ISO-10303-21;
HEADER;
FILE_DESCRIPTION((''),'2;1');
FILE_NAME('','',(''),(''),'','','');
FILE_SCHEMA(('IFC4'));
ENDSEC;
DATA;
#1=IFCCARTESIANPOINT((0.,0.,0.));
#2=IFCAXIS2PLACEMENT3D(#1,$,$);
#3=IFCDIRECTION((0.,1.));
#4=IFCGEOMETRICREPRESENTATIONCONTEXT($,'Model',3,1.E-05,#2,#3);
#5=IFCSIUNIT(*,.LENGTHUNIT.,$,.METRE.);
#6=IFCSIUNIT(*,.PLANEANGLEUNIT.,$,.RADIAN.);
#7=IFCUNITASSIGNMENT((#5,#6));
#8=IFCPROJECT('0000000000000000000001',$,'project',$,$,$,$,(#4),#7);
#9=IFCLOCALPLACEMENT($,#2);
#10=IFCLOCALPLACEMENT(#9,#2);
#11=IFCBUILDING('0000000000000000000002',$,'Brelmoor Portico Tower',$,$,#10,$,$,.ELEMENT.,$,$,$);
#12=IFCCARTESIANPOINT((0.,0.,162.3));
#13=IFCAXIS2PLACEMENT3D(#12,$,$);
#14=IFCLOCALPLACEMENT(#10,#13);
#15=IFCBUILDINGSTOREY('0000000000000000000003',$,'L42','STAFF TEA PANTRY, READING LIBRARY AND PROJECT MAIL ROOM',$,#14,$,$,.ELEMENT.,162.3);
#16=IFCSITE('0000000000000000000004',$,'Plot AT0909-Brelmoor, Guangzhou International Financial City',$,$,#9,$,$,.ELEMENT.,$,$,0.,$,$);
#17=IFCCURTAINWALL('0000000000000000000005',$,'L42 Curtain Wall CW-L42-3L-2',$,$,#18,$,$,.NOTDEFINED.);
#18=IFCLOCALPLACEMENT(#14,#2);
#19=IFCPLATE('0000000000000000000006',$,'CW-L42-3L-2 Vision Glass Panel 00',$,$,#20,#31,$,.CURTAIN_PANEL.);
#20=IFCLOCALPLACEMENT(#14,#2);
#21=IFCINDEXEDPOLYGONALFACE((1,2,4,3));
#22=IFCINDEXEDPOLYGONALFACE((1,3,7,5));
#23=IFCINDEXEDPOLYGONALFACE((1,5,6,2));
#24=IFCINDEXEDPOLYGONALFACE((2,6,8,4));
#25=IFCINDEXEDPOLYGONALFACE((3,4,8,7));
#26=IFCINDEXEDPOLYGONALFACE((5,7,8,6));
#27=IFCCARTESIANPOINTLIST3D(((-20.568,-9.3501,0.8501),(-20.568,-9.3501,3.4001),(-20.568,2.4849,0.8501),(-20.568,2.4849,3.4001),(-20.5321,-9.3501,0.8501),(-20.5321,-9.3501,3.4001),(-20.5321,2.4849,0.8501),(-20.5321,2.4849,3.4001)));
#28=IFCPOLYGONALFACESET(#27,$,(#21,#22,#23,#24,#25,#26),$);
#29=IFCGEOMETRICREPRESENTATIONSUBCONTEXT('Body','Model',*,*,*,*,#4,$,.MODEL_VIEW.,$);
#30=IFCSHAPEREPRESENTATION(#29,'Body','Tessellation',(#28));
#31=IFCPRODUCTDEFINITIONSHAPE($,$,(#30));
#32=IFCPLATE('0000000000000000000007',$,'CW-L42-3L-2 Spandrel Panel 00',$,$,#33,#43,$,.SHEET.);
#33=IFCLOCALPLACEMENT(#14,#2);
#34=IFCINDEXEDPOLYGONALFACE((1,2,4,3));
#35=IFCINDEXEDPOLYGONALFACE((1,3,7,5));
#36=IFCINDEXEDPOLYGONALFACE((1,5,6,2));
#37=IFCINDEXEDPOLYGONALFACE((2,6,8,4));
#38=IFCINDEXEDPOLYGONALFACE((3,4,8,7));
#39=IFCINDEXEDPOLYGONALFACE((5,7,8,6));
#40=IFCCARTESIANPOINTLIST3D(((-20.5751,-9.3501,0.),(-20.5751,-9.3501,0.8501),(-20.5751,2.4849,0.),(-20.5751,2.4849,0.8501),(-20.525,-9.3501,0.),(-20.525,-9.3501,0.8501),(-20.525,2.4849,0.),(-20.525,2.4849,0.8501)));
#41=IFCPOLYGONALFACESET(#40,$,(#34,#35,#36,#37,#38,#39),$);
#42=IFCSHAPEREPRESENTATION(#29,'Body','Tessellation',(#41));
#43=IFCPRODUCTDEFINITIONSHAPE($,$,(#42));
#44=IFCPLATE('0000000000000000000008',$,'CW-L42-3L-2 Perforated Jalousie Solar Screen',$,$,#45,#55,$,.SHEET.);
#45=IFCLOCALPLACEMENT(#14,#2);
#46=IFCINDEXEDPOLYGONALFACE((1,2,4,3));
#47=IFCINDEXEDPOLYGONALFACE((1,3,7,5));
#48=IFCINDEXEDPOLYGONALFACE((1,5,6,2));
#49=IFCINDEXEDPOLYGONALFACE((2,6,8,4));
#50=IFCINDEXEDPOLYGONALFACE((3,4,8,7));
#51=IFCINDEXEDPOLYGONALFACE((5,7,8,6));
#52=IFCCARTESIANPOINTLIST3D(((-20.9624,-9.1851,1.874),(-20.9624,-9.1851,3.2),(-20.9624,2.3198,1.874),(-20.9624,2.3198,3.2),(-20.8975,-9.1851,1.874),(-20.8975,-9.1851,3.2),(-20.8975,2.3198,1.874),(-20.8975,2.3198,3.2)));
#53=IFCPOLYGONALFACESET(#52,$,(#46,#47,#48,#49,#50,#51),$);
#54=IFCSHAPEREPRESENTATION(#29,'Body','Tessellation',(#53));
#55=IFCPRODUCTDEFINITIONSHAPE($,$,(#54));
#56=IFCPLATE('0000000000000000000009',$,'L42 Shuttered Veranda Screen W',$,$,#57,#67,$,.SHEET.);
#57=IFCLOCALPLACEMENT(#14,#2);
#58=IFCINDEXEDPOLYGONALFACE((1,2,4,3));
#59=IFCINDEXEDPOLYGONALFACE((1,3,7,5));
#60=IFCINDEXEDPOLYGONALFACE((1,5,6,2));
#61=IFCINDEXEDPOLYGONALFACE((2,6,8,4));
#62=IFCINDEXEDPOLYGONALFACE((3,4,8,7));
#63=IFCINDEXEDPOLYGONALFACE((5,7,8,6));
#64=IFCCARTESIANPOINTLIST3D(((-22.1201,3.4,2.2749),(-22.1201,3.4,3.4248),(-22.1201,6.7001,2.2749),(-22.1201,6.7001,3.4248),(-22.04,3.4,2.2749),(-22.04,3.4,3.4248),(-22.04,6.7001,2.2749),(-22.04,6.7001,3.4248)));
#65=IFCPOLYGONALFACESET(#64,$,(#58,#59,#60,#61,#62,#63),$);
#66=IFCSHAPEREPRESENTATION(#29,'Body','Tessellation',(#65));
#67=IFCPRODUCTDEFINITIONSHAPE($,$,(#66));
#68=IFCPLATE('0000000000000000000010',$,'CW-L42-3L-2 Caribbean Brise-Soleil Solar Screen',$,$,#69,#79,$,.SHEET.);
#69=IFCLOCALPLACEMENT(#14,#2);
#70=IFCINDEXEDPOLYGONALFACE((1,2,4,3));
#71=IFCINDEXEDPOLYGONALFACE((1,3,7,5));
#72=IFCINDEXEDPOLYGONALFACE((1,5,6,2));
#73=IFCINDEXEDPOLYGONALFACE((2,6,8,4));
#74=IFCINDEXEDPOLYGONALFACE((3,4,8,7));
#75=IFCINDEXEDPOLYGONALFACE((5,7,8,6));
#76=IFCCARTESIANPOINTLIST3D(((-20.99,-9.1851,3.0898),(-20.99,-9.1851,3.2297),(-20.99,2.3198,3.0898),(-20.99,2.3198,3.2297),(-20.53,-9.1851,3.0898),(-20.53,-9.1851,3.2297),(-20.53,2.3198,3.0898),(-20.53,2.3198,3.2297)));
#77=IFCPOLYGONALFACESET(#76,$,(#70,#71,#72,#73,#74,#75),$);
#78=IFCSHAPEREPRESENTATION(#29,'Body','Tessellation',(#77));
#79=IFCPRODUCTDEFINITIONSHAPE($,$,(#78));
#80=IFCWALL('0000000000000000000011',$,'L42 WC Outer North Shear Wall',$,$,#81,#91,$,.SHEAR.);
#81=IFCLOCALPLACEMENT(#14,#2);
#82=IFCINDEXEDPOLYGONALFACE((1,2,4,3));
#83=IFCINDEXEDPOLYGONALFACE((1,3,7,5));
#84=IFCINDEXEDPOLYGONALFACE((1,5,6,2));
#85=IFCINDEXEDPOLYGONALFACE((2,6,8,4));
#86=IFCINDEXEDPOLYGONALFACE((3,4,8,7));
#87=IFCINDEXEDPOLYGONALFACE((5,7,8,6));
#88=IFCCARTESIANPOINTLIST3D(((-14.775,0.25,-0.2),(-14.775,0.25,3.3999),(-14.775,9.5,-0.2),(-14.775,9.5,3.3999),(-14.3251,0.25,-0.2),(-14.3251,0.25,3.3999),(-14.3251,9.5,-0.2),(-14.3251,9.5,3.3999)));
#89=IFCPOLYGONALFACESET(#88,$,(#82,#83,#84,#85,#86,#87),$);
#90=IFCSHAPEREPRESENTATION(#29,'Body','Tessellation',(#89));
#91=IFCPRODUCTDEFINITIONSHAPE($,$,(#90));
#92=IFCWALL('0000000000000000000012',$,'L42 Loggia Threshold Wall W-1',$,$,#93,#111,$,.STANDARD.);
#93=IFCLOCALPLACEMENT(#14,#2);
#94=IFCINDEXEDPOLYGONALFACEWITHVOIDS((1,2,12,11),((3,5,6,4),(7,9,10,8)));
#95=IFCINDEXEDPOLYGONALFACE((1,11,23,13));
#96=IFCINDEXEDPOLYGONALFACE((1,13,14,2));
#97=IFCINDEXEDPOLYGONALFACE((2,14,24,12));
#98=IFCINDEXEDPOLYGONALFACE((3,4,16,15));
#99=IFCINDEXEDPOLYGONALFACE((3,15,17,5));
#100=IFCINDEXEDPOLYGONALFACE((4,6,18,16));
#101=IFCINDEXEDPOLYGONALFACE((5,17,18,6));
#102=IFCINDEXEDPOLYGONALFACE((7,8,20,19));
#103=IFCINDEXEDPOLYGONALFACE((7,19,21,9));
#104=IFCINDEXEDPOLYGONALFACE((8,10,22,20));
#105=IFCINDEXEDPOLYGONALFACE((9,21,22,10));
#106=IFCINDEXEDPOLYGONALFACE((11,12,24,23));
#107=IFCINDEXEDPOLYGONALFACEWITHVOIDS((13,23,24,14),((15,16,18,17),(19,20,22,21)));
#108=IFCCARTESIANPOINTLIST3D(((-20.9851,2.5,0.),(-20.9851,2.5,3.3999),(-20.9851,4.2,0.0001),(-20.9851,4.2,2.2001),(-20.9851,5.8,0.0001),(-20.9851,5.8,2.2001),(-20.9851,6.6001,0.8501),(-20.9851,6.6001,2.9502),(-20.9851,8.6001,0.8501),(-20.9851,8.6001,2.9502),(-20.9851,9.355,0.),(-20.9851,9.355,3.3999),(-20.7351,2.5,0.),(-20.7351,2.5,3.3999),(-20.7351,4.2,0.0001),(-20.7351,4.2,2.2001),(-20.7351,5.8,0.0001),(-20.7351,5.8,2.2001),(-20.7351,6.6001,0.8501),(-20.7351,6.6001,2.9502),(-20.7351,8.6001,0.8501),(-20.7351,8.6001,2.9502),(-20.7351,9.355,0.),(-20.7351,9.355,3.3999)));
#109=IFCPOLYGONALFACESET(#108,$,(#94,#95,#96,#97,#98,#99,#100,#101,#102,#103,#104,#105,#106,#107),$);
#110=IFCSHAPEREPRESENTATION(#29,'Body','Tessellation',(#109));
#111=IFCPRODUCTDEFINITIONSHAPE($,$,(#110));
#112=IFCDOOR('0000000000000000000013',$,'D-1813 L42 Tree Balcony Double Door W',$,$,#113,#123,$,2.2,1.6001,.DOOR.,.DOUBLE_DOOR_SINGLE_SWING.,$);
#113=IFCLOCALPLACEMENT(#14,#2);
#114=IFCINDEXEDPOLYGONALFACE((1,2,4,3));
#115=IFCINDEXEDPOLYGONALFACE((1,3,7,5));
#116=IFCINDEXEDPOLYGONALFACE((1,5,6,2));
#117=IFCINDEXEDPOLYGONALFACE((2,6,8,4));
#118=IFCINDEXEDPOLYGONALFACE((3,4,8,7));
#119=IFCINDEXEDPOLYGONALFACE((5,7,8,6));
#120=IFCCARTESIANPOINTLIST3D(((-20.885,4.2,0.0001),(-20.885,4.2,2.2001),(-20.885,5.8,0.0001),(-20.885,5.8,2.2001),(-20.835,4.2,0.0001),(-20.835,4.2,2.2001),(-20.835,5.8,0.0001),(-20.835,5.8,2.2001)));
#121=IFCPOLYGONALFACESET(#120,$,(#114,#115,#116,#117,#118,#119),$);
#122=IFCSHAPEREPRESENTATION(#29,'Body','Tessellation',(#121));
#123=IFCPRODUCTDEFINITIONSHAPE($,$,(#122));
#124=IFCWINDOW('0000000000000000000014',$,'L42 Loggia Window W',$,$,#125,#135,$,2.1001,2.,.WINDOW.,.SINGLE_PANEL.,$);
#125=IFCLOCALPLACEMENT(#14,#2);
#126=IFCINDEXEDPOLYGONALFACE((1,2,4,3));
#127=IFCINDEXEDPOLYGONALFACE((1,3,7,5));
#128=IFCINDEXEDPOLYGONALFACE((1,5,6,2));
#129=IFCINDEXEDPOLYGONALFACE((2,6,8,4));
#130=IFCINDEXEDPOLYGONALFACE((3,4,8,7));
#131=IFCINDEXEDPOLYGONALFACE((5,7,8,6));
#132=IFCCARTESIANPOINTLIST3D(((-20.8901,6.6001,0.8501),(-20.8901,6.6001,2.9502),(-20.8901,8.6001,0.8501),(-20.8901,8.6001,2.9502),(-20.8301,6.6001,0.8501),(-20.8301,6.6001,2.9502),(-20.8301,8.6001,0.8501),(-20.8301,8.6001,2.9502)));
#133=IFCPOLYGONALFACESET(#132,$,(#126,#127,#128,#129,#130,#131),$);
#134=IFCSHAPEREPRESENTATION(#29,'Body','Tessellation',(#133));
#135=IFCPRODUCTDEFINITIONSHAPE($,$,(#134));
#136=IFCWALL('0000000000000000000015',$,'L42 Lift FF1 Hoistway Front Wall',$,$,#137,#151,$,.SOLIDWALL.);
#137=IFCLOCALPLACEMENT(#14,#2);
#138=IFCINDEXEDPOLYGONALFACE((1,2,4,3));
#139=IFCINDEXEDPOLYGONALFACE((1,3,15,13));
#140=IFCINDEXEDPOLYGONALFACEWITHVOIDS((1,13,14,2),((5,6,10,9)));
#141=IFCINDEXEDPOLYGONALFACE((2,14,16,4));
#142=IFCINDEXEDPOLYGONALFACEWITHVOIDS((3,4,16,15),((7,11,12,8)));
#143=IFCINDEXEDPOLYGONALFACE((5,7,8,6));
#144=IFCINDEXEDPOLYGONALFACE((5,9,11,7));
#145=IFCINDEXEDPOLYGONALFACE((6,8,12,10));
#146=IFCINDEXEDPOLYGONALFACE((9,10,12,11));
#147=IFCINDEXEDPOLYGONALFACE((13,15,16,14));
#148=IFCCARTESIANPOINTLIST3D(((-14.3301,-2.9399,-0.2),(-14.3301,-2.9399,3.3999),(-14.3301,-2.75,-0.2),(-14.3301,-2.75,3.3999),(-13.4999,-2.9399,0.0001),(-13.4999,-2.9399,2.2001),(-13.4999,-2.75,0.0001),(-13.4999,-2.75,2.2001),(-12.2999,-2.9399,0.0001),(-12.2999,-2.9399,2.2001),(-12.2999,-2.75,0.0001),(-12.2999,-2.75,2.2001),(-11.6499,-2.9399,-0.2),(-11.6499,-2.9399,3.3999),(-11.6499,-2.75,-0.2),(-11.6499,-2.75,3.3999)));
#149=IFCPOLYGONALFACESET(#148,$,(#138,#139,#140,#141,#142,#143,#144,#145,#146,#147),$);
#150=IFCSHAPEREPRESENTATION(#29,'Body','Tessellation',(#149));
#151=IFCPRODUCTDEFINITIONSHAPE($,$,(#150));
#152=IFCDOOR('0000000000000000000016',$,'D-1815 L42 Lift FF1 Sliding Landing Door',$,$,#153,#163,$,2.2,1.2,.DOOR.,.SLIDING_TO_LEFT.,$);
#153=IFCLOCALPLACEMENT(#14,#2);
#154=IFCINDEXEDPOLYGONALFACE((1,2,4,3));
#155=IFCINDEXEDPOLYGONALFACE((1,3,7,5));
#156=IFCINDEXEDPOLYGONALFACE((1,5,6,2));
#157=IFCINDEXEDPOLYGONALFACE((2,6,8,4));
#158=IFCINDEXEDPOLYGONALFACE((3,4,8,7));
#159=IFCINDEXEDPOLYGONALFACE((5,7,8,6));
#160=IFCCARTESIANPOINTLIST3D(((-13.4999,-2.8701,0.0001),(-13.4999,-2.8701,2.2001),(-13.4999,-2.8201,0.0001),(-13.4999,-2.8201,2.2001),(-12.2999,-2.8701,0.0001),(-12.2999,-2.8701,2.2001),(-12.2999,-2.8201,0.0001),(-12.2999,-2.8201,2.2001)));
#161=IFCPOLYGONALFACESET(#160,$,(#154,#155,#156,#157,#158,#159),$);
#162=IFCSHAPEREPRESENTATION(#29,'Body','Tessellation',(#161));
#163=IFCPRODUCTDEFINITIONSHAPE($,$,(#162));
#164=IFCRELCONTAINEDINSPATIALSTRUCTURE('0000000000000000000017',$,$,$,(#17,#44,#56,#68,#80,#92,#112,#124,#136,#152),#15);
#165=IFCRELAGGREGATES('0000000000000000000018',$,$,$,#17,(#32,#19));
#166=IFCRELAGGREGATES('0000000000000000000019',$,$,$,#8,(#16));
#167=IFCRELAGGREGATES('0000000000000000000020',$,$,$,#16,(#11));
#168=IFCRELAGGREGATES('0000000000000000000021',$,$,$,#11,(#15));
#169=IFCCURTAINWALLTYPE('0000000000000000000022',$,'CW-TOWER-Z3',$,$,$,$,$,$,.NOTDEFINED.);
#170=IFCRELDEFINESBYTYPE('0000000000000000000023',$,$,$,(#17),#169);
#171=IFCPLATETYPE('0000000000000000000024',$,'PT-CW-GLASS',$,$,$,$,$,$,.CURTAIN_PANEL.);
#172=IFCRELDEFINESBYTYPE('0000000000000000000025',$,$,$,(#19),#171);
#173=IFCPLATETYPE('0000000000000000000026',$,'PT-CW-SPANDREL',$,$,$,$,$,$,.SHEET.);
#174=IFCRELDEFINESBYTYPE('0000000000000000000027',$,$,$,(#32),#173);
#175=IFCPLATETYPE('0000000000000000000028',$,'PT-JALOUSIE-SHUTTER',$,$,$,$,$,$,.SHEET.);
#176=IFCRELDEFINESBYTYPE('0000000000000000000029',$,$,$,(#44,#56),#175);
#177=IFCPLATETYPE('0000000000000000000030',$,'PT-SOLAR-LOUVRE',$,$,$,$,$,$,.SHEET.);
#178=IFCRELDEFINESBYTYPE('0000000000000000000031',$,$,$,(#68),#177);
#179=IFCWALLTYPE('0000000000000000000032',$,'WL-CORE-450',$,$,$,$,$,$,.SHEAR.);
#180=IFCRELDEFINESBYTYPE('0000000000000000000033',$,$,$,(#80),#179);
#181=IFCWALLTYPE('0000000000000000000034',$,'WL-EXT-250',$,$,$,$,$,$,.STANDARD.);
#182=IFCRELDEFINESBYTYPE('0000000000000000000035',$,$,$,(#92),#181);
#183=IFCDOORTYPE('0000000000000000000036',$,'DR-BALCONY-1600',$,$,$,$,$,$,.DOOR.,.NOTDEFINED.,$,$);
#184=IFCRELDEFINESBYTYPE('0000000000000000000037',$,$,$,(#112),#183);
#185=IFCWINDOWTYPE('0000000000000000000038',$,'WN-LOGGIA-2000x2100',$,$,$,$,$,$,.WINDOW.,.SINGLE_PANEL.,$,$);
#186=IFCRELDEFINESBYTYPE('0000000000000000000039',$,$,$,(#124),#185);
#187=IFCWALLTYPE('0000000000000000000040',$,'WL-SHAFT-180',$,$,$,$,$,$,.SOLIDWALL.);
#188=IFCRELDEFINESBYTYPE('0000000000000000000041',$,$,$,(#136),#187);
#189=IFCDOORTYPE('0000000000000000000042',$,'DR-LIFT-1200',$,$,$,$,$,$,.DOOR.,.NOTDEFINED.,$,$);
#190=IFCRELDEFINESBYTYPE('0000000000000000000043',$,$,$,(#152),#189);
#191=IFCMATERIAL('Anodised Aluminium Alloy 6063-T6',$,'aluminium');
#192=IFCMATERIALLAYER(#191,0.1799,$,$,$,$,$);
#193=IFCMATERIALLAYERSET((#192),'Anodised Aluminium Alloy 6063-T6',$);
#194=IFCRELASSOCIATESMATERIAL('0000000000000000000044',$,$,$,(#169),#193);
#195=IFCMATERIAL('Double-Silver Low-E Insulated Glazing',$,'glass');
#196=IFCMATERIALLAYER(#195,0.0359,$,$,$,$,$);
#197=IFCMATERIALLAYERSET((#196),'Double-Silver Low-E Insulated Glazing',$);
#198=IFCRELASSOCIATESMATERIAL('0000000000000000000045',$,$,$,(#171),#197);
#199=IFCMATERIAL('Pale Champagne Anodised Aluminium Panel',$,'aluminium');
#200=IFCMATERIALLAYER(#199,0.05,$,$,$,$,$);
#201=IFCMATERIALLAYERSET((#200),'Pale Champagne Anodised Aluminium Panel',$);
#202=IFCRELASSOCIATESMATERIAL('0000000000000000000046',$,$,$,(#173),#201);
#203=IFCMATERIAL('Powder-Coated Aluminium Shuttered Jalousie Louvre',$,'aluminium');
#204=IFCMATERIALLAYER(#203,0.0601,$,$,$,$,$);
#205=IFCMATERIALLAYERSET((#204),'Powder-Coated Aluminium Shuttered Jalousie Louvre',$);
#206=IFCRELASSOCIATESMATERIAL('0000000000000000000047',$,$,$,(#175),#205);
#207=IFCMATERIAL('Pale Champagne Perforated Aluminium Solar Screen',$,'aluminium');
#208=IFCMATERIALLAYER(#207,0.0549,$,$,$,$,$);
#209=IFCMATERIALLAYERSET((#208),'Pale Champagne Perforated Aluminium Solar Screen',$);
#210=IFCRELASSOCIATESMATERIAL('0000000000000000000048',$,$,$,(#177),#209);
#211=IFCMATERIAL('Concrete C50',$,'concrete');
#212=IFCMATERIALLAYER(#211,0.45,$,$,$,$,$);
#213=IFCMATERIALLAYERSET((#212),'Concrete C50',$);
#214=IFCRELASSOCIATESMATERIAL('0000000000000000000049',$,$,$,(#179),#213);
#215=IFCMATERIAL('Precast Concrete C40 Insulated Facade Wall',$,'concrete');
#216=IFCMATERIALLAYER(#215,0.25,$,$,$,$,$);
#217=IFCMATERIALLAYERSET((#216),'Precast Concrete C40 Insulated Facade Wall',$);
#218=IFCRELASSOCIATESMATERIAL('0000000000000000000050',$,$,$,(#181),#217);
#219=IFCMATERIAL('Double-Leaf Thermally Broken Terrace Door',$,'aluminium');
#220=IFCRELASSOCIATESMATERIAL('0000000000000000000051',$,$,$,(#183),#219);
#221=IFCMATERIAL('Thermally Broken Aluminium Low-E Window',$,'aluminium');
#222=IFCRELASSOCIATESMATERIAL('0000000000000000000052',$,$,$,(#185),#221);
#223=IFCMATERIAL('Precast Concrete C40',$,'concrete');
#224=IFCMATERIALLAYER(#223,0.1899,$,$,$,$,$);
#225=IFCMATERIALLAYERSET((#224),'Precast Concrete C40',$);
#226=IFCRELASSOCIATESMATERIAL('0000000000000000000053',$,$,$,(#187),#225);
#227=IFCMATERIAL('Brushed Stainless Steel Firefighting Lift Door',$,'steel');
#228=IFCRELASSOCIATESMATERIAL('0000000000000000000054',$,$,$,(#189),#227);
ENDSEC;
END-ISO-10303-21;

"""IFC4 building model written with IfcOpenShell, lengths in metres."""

from ifc_helpers import new_model, si_unit, direction, frame, frame_2d, origin, origin_2d, place, context, subcontext, project, spatial, rectangle, extrude, material, layer, layer_set, type_object, element, fill, aggregate, save


model = new_model("IFC4")

# Units and contexts
model_context = context("Model", 3, precision=1e-05, world=origin(), true_north=direction((0.0, 1.0)))
body_context = subcontext(model_context, "Body", "Model", "MODEL_VIEW")
ifc_project = project(units=[si_unit("LENGTHUNIT", "METRE"), si_unit("PLANEANGLEUNIT", "RADIAN")], contexts=[model_context])

# Site, building, storey
site_placement = place(None, origin())
site = spatial("IfcSite", under=ifc_project, at=site_placement, Name="Plot AT0909-Brelmoor, Guangzhou International Financial City", CompositionType="ELEMENT", RefElevation=0.0)
building_placement = place(site_placement, origin())
building = spatial("IfcBuilding", under=site, at=building_placement, Name="Brelmoor Portico Tower", CompositionType="ELEMENT")
storey_placement = place(building_placement, frame((0.0, 0.0, 162.3)))
storey = spatial("IfcBuildingStorey", under=building, at=storey_placement, Name="L42", Description="STAFF TEA PANTRY, READING LIBRARY AND PROJECT MAIL ROOM", CompositionType="ELEMENT", Elevation=162.3)

# Curtain wall
ifc_material_1 = material(Name="Anodised Aluminium Alloy 6063-T6", Category="aluminium")
ifc_layer_1 = layer(ifc_material_1, 0.1799)
ifc_layer_set_1 = layer_set([ifc_layer_1], Name="Anodised Aluminium Alloy 6063-T6")
curtain_wall_type = type_object("IfcCurtainWallType", Name="CW-TOWER-Z3", PredefinedType="NOTDEFINED", material=ifc_layer_set_1)
curtain_wall_placement = place(storey_placement, origin())
curtain_wall = element("IfcCurtainWall", 1, at=curtain_wall_placement, inside=storey, type_object=curtain_wall_type, Name="L42 Curtain Wall CW-L42-3L-2", PredefinedType="NOTDEFINED")

# Plates
ifc_material_2 = material(Name="Double-Silver Low-E Insulated Glazing", Category="glass")
ifc_layer_2 = layer(ifc_material_2, 0.0359)
ifc_layer_set_2 = layer_set([ifc_layer_2], Name="Double-Silver Low-E Insulated Glazing")
plate_type_1 = type_object("IfcPlateType", Name="PT-CW-GLASS", PredefinedType="CURTAIN_PANEL", material=ifc_layer_set_2)
plate_1_placement = place(storey_placement, frame((-20.55, -3.4326, 0.8501), z_axis=(0.0, 0.0, 1.0), x_axis=(0.0, 1.0, 0.0)))
plate_1 = element("IfcPlate", 2, at=plate_1_placement, type_object=plate_type_1, Name="CW-L42-3L-2 Vision Glass Panel 00", PredefinedType="CURTAIN_PANEL", context=body_context, shape_type="SweptSolid", body=[
    extrude(rectangle(XDim=11.835, YDim=0.0359, at=origin_2d()), origin(), (0.0, 0.0, 1.0), 2.55),
])
ifc_material_3 = material(Name="Pale Champagne Anodised Aluminium Panel", Category="aluminium")
ifc_layer_3 = layer(ifc_material_3, 0.05)
ifc_layer_set_3 = layer_set([ifc_layer_3], Name="Pale Champagne Anodised Aluminium Panel")
plate_type_2 = type_object("IfcPlateType", Name="PT-CW-SPANDREL", PredefinedType="SHEET", material=ifc_layer_set_3)
plate_2_placement = place(storey_placement, frame((-20.55, -3.4326, 0.0), z_axis=(0.0, 0.0, 1.0), x_axis=(0.0, 1.0, 0.0)))
plate_2 = element("IfcPlate", 3, at=plate_2_placement, type_object=plate_type_2, Name="CW-L42-3L-2 Spandrel Panel 00", PredefinedType="SHEET", context=body_context, shape_type="SweptSolid", body=[
    extrude(rectangle(XDim=11.835, YDim=0.05, at=origin_2d()), origin(), (0.0, 0.0, 1.0), 0.8501),
])
aggregate(curtain_wall, [plate_2, plate_1])

# Plates
ifc_material_4 = material(Name="Powder-Coated Aluminium Shuttered Jalousie Louvre", Category="aluminium")
ifc_layer_4 = layer(ifc_material_4, 0.0601)
ifc_layer_set_4 = layer_set([ifc_layer_4], Name="Powder-Coated Aluminium Shuttered Jalousie Louvre")
plate_type_3 = type_object("IfcPlateType", Name="PT-JALOUSIE-SHUTTER", PredefinedType="SHEET", material=ifc_layer_set_4)
plate_3_placement = place(storey_placement, frame((-20.9299, -3.4326, 1.874), z_axis=(0.0, 0.0, 1.0), x_axis=(0.0, 1.0, 0.0)))
element("IfcPlate", 4, at=plate_3_placement, inside=storey, type_object=plate_type_3, Name="CW-L42-3L-2 Perforated Jalousie Solar Screen", PredefinedType="SHEET", context=body_context, shape_type="SweptSolid", body=[
    extrude(rectangle(XDim=11.5049, YDim=0.0649, at=origin_2d()), origin(), (0.0, 0.0, 1.0), 1.3259),
])
plate_4_placement = place(storey_placement, frame((-22.0801, 5.05, 2.2749), z_axis=(0.0, 0.0, 1.0), x_axis=(0.0, 1.0, 0.0)))
element("IfcPlate", 5, at=plate_4_placement, inside=storey, type_object=plate_type_3, Name="L42 Shuttered Veranda Screen W", PredefinedType="SHEET", context=body_context, shape_type="SweptSolid", body=[
    extrude(rectangle(XDim=3.3, YDim=0.0801, at=origin_2d()), origin(), (0.0, 0.0, 1.0), 1.1499),
])
ifc_material_5 = material(Name="Pale Champagne Perforated Aluminium Solar Screen", Category="aluminium")
ifc_layer_5 = layer(ifc_material_5, 0.0549)
ifc_layer_set_5 = layer_set([ifc_layer_5], Name="Pale Champagne Perforated Aluminium Solar Screen")
plate_type_4 = type_object("IfcPlateType", Name="PT-SOLAR-LOUVRE", PredefinedType="SHEET", material=ifc_layer_set_5)
plate_5_placement = place(storey_placement, frame((-20.76, -3.4326, 3.0898), z_axis=(0.0, 0.0, 1.0), x_axis=(0.0, 1.0, 0.0)))
element("IfcPlate", 6, at=plate_5_placement, inside=storey, type_object=plate_type_4, Name="CW-L42-3L-2 Caribbean Brise-Soleil Solar Screen", PredefinedType="SHEET", context=body_context, shape_type="SweptSolid", body=[
    extrude(rectangle(XDim=11.5049, YDim=0.46, at=origin_2d()), origin(), (0.0, 0.0, 1.0), 0.1399),
])

# Wall
ifc_material_6 = material(Name="Concrete C50", Category="concrete")
ifc_layer_6 = layer(ifc_material_6, 0.45)
ifc_layer_set_6 = layer_set([ifc_layer_6], Name="Concrete C50")
wall_type_1 = type_object("IfcWallType", Name="WL-CORE-450", PredefinedType="SHEAR", material=ifc_layer_set_6)
wall_1_placement = place(storey_placement, frame((-14.55, 0.25, -0.2), z_axis=(0.0, 0.0, 1.0), x_axis=(0.0, 1.0, 0.0)))
element("IfcWall", 7, at=wall_1_placement, inside=storey, type_object=wall_type_1, Name="L42 WC Outer North Shear Wall", PredefinedType="SHEAR", context=body_context, shape_type="SweptSolid", body=[
    extrude(rectangle(XDim=9.25, YDim=0.45, at=frame_2d((4.625, 0.0))), origin(), (0.0, 0.0, 1.0), 3.5999),
])

# Wall, openings, door, window
ifc_material_7 = material(Name="Precast Concrete C40 Insulated Facade Wall", Category="concrete")
ifc_layer_7 = layer(ifc_material_7, 0.25)
ifc_layer_set_7 = layer_set([ifc_layer_7], Name="Precast Concrete C40 Insulated Facade Wall")
wall_type_2 = type_object("IfcWallType", Name="WL-EXT-250", PredefinedType="STANDARD", material=ifc_layer_set_7)
wall_2_placement = place(storey_placement, frame((-20.8601, 2.5, 0.0), z_axis=(0.0, 0.0, 1.0), x_axis=(0.0, 1.0, 0.0)))
wall_2 = element("IfcWall", 8, at=wall_2_placement, inside=storey, type_object=wall_type_2, Name="L42 Loggia Threshold Wall W-1", PredefinedType="STANDARD", context=body_context, shape_type="SweptSolid", body=[
    extrude(rectangle(XDim=6.855, YDim=0.25, at=frame_2d((3.4275, 0.0))), origin(), (0.0, 0.0, 1.0), 3.3999),
])
opening_1_placement = place(wall_2_placement, frame((1.7, 0.0, 0.0)))
opening_1 = element("IfcOpeningElement", 9, at=opening_1_placement, cuts=wall_2, PredefinedType="OPENING", context=body_context, shape_type="SweptSolid", body=[
    extrude(rectangle(XDim=1.6001, YDim=2.2, at=frame_2d((0.8, 1.1001))), frame((0.0, 0.135, 0.0), z_axis=(0.0, -1.0, 0.0), x_axis=(1.0, 0.0, 0.0)), (0.0, 0.0, 1.0), 0.27),
])
opening_2_placement = place(wall_2_placement, frame((4.1001, 0.0, 0.8501)))
opening_2 = element("IfcOpeningElement", 10, at=opening_2_placement, cuts=wall_2, PredefinedType="OPENING", context=body_context, shape_type="SweptSolid", body=[
    extrude(rectangle(XDim=2.0, YDim=2.1001, at=frame_2d((1.0, 1.05))), frame((0.0, 0.135, 0.0), z_axis=(0.0, -1.0, 0.0), x_axis=(1.0, 0.0, 0.0)), (0.0, 0.0, 1.0), 0.27),
])
ifc_material_8 = material(Name="Double-Leaf Thermally Broken Terrace Door", Category="aluminium")
door_type_1 = type_object("IfcDoorType", Name="DR-BALCONY-1600", OperationType="NOTDEFINED", PredefinedType="DOOR", material=ifc_material_8)
door_1_placement = place(opening_1_placement, origin())
door_1 = element("IfcDoor", 11, at=door_1_placement, inside=storey, type_object=door_type_1, Name="D-1813 L42 Tree Balcony Double Door W", OperationType="DOUBLE_DOOR_SINGLE_SWING", OverallHeight=2.2, OverallWidth=1.6001, PredefinedType="DOOR", context=body_context, shape_type="SweptSolid", body=[
    extrude(rectangle(XDim=1.6001, YDim=2.2, at=frame_2d((0.8, 1.1001))), frame((0.0, 0.0249, 0.0), z_axis=(0.0, -1.0, 0.0), x_axis=(1.0, 0.0, 0.0)), (0.0, 0.0, 1.0), 0.05),
])
fill(opening_1, door_1)
ifc_material_9 = material(Name="Thermally Broken Aluminium Low-E Window", Category="aluminium")
window_type = type_object("IfcWindowType", Name="WN-LOGGIA-2000x2100", PartitioningType="SINGLE_PANEL", PredefinedType="WINDOW", material=ifc_material_9)
window_placement = place(opening_2_placement, origin())
window = element("IfcWindow", 12, at=window_placement, inside=storey, type_object=window_type, Name="L42 Loggia Window W", OverallHeight=2.1001, OverallWidth=2.0, PartitioningType="SINGLE_PANEL", PredefinedType="WINDOW", context=body_context, shape_type="SweptSolid", body=[
    extrude(rectangle(XDim=2.0, YDim=2.1001, at=frame_2d((1.0, 1.05))), frame((0.0, 0.03, 0.0), z_axis=(0.0, -1.0, 0.0), x_axis=(1.0, 0.0, 0.0)), (0.0, 0.0, 1.0), 0.0601),
])
fill(opening_2, window)

# Wall, opening, door
ifc_material_10 = material(Name="Precast Concrete C40", Category="concrete")
ifc_layer_8 = layer(ifc_material_10, 0.1899)
ifc_layer_set_8 = layer_set([ifc_layer_8], Name="Precast Concrete C40")
wall_type_3 = type_object("IfcWallType", Name="WL-SHAFT-180", PredefinedType="SOLIDWALL", material=ifc_layer_set_8)
wall_3_placement = place(storey_placement, frame((-14.3301, -2.845, -0.2), z_axis=(0.0, 0.0, 1.0), x_axis=(1.0, 0.0, 0.0)))
wall_3 = element("IfcWall", 13, at=wall_3_placement, inside=storey, type_object=wall_type_3, Name="L42 Lift FF1 Hoistway Front Wall", PredefinedType="SOLIDWALL", context=body_context, shape_type="SweptSolid", body=[
    extrude(rectangle(XDim=2.6802, YDim=0.1899, at=frame_2d((1.3401, 0.0))), origin(), (0.0, 0.0, 1.0), 3.5999),
])
opening_3_placement = place(wall_3_placement, frame((0.8301, 0.0, 0.2)))
opening_3 = element("IfcOpeningElement", 14, at=opening_3_placement, cuts=wall_3, PredefinedType="OPENING", context=body_context, shape_type="SweptSolid", body=[
    extrude(rectangle(XDim=1.2, YDim=2.2, at=frame_2d((0.6001, 1.1001))), frame((0.0, 0.105, 0.0), z_axis=(0.0, -1.0, 0.0), x_axis=(1.0, 0.0, 0.0)), (0.0, 0.0, 1.0), 0.21),
])
ifc_material_11 = material(Name="Brushed Stainless Steel Firefighting Lift Door", Category="steel")
door_type_2 = type_object("IfcDoorType", Name="DR-LIFT-1200", OperationType="NOTDEFINED", PredefinedType="DOOR", material=ifc_material_11)
door_2_placement = place(opening_3_placement, origin())
door_2 = element("IfcDoor", 15, at=door_2_placement, inside=storey, type_object=door_type_2, Name="D-1815 L42 Lift FF1 Sliding Landing Door", OperationType="SLIDING_TO_LEFT", OverallHeight=2.2, OverallWidth=1.2, PredefinedType="DOOR", context=body_context, shape_type="SweptSolid", body=[
    extrude(rectangle(XDim=1.2, YDim=2.2, at=frame_2d((0.6001, 1.1001))), frame((0.0, 0.0249, 0.0), z_axis=(0.0, -1.0, 0.0), x_axis=(1.0, 0.0, 0.0)), (0.0, 0.0, 1.0), 0.05),
])
fill(opening_3, door_2)

save(model, "model.ifc")
